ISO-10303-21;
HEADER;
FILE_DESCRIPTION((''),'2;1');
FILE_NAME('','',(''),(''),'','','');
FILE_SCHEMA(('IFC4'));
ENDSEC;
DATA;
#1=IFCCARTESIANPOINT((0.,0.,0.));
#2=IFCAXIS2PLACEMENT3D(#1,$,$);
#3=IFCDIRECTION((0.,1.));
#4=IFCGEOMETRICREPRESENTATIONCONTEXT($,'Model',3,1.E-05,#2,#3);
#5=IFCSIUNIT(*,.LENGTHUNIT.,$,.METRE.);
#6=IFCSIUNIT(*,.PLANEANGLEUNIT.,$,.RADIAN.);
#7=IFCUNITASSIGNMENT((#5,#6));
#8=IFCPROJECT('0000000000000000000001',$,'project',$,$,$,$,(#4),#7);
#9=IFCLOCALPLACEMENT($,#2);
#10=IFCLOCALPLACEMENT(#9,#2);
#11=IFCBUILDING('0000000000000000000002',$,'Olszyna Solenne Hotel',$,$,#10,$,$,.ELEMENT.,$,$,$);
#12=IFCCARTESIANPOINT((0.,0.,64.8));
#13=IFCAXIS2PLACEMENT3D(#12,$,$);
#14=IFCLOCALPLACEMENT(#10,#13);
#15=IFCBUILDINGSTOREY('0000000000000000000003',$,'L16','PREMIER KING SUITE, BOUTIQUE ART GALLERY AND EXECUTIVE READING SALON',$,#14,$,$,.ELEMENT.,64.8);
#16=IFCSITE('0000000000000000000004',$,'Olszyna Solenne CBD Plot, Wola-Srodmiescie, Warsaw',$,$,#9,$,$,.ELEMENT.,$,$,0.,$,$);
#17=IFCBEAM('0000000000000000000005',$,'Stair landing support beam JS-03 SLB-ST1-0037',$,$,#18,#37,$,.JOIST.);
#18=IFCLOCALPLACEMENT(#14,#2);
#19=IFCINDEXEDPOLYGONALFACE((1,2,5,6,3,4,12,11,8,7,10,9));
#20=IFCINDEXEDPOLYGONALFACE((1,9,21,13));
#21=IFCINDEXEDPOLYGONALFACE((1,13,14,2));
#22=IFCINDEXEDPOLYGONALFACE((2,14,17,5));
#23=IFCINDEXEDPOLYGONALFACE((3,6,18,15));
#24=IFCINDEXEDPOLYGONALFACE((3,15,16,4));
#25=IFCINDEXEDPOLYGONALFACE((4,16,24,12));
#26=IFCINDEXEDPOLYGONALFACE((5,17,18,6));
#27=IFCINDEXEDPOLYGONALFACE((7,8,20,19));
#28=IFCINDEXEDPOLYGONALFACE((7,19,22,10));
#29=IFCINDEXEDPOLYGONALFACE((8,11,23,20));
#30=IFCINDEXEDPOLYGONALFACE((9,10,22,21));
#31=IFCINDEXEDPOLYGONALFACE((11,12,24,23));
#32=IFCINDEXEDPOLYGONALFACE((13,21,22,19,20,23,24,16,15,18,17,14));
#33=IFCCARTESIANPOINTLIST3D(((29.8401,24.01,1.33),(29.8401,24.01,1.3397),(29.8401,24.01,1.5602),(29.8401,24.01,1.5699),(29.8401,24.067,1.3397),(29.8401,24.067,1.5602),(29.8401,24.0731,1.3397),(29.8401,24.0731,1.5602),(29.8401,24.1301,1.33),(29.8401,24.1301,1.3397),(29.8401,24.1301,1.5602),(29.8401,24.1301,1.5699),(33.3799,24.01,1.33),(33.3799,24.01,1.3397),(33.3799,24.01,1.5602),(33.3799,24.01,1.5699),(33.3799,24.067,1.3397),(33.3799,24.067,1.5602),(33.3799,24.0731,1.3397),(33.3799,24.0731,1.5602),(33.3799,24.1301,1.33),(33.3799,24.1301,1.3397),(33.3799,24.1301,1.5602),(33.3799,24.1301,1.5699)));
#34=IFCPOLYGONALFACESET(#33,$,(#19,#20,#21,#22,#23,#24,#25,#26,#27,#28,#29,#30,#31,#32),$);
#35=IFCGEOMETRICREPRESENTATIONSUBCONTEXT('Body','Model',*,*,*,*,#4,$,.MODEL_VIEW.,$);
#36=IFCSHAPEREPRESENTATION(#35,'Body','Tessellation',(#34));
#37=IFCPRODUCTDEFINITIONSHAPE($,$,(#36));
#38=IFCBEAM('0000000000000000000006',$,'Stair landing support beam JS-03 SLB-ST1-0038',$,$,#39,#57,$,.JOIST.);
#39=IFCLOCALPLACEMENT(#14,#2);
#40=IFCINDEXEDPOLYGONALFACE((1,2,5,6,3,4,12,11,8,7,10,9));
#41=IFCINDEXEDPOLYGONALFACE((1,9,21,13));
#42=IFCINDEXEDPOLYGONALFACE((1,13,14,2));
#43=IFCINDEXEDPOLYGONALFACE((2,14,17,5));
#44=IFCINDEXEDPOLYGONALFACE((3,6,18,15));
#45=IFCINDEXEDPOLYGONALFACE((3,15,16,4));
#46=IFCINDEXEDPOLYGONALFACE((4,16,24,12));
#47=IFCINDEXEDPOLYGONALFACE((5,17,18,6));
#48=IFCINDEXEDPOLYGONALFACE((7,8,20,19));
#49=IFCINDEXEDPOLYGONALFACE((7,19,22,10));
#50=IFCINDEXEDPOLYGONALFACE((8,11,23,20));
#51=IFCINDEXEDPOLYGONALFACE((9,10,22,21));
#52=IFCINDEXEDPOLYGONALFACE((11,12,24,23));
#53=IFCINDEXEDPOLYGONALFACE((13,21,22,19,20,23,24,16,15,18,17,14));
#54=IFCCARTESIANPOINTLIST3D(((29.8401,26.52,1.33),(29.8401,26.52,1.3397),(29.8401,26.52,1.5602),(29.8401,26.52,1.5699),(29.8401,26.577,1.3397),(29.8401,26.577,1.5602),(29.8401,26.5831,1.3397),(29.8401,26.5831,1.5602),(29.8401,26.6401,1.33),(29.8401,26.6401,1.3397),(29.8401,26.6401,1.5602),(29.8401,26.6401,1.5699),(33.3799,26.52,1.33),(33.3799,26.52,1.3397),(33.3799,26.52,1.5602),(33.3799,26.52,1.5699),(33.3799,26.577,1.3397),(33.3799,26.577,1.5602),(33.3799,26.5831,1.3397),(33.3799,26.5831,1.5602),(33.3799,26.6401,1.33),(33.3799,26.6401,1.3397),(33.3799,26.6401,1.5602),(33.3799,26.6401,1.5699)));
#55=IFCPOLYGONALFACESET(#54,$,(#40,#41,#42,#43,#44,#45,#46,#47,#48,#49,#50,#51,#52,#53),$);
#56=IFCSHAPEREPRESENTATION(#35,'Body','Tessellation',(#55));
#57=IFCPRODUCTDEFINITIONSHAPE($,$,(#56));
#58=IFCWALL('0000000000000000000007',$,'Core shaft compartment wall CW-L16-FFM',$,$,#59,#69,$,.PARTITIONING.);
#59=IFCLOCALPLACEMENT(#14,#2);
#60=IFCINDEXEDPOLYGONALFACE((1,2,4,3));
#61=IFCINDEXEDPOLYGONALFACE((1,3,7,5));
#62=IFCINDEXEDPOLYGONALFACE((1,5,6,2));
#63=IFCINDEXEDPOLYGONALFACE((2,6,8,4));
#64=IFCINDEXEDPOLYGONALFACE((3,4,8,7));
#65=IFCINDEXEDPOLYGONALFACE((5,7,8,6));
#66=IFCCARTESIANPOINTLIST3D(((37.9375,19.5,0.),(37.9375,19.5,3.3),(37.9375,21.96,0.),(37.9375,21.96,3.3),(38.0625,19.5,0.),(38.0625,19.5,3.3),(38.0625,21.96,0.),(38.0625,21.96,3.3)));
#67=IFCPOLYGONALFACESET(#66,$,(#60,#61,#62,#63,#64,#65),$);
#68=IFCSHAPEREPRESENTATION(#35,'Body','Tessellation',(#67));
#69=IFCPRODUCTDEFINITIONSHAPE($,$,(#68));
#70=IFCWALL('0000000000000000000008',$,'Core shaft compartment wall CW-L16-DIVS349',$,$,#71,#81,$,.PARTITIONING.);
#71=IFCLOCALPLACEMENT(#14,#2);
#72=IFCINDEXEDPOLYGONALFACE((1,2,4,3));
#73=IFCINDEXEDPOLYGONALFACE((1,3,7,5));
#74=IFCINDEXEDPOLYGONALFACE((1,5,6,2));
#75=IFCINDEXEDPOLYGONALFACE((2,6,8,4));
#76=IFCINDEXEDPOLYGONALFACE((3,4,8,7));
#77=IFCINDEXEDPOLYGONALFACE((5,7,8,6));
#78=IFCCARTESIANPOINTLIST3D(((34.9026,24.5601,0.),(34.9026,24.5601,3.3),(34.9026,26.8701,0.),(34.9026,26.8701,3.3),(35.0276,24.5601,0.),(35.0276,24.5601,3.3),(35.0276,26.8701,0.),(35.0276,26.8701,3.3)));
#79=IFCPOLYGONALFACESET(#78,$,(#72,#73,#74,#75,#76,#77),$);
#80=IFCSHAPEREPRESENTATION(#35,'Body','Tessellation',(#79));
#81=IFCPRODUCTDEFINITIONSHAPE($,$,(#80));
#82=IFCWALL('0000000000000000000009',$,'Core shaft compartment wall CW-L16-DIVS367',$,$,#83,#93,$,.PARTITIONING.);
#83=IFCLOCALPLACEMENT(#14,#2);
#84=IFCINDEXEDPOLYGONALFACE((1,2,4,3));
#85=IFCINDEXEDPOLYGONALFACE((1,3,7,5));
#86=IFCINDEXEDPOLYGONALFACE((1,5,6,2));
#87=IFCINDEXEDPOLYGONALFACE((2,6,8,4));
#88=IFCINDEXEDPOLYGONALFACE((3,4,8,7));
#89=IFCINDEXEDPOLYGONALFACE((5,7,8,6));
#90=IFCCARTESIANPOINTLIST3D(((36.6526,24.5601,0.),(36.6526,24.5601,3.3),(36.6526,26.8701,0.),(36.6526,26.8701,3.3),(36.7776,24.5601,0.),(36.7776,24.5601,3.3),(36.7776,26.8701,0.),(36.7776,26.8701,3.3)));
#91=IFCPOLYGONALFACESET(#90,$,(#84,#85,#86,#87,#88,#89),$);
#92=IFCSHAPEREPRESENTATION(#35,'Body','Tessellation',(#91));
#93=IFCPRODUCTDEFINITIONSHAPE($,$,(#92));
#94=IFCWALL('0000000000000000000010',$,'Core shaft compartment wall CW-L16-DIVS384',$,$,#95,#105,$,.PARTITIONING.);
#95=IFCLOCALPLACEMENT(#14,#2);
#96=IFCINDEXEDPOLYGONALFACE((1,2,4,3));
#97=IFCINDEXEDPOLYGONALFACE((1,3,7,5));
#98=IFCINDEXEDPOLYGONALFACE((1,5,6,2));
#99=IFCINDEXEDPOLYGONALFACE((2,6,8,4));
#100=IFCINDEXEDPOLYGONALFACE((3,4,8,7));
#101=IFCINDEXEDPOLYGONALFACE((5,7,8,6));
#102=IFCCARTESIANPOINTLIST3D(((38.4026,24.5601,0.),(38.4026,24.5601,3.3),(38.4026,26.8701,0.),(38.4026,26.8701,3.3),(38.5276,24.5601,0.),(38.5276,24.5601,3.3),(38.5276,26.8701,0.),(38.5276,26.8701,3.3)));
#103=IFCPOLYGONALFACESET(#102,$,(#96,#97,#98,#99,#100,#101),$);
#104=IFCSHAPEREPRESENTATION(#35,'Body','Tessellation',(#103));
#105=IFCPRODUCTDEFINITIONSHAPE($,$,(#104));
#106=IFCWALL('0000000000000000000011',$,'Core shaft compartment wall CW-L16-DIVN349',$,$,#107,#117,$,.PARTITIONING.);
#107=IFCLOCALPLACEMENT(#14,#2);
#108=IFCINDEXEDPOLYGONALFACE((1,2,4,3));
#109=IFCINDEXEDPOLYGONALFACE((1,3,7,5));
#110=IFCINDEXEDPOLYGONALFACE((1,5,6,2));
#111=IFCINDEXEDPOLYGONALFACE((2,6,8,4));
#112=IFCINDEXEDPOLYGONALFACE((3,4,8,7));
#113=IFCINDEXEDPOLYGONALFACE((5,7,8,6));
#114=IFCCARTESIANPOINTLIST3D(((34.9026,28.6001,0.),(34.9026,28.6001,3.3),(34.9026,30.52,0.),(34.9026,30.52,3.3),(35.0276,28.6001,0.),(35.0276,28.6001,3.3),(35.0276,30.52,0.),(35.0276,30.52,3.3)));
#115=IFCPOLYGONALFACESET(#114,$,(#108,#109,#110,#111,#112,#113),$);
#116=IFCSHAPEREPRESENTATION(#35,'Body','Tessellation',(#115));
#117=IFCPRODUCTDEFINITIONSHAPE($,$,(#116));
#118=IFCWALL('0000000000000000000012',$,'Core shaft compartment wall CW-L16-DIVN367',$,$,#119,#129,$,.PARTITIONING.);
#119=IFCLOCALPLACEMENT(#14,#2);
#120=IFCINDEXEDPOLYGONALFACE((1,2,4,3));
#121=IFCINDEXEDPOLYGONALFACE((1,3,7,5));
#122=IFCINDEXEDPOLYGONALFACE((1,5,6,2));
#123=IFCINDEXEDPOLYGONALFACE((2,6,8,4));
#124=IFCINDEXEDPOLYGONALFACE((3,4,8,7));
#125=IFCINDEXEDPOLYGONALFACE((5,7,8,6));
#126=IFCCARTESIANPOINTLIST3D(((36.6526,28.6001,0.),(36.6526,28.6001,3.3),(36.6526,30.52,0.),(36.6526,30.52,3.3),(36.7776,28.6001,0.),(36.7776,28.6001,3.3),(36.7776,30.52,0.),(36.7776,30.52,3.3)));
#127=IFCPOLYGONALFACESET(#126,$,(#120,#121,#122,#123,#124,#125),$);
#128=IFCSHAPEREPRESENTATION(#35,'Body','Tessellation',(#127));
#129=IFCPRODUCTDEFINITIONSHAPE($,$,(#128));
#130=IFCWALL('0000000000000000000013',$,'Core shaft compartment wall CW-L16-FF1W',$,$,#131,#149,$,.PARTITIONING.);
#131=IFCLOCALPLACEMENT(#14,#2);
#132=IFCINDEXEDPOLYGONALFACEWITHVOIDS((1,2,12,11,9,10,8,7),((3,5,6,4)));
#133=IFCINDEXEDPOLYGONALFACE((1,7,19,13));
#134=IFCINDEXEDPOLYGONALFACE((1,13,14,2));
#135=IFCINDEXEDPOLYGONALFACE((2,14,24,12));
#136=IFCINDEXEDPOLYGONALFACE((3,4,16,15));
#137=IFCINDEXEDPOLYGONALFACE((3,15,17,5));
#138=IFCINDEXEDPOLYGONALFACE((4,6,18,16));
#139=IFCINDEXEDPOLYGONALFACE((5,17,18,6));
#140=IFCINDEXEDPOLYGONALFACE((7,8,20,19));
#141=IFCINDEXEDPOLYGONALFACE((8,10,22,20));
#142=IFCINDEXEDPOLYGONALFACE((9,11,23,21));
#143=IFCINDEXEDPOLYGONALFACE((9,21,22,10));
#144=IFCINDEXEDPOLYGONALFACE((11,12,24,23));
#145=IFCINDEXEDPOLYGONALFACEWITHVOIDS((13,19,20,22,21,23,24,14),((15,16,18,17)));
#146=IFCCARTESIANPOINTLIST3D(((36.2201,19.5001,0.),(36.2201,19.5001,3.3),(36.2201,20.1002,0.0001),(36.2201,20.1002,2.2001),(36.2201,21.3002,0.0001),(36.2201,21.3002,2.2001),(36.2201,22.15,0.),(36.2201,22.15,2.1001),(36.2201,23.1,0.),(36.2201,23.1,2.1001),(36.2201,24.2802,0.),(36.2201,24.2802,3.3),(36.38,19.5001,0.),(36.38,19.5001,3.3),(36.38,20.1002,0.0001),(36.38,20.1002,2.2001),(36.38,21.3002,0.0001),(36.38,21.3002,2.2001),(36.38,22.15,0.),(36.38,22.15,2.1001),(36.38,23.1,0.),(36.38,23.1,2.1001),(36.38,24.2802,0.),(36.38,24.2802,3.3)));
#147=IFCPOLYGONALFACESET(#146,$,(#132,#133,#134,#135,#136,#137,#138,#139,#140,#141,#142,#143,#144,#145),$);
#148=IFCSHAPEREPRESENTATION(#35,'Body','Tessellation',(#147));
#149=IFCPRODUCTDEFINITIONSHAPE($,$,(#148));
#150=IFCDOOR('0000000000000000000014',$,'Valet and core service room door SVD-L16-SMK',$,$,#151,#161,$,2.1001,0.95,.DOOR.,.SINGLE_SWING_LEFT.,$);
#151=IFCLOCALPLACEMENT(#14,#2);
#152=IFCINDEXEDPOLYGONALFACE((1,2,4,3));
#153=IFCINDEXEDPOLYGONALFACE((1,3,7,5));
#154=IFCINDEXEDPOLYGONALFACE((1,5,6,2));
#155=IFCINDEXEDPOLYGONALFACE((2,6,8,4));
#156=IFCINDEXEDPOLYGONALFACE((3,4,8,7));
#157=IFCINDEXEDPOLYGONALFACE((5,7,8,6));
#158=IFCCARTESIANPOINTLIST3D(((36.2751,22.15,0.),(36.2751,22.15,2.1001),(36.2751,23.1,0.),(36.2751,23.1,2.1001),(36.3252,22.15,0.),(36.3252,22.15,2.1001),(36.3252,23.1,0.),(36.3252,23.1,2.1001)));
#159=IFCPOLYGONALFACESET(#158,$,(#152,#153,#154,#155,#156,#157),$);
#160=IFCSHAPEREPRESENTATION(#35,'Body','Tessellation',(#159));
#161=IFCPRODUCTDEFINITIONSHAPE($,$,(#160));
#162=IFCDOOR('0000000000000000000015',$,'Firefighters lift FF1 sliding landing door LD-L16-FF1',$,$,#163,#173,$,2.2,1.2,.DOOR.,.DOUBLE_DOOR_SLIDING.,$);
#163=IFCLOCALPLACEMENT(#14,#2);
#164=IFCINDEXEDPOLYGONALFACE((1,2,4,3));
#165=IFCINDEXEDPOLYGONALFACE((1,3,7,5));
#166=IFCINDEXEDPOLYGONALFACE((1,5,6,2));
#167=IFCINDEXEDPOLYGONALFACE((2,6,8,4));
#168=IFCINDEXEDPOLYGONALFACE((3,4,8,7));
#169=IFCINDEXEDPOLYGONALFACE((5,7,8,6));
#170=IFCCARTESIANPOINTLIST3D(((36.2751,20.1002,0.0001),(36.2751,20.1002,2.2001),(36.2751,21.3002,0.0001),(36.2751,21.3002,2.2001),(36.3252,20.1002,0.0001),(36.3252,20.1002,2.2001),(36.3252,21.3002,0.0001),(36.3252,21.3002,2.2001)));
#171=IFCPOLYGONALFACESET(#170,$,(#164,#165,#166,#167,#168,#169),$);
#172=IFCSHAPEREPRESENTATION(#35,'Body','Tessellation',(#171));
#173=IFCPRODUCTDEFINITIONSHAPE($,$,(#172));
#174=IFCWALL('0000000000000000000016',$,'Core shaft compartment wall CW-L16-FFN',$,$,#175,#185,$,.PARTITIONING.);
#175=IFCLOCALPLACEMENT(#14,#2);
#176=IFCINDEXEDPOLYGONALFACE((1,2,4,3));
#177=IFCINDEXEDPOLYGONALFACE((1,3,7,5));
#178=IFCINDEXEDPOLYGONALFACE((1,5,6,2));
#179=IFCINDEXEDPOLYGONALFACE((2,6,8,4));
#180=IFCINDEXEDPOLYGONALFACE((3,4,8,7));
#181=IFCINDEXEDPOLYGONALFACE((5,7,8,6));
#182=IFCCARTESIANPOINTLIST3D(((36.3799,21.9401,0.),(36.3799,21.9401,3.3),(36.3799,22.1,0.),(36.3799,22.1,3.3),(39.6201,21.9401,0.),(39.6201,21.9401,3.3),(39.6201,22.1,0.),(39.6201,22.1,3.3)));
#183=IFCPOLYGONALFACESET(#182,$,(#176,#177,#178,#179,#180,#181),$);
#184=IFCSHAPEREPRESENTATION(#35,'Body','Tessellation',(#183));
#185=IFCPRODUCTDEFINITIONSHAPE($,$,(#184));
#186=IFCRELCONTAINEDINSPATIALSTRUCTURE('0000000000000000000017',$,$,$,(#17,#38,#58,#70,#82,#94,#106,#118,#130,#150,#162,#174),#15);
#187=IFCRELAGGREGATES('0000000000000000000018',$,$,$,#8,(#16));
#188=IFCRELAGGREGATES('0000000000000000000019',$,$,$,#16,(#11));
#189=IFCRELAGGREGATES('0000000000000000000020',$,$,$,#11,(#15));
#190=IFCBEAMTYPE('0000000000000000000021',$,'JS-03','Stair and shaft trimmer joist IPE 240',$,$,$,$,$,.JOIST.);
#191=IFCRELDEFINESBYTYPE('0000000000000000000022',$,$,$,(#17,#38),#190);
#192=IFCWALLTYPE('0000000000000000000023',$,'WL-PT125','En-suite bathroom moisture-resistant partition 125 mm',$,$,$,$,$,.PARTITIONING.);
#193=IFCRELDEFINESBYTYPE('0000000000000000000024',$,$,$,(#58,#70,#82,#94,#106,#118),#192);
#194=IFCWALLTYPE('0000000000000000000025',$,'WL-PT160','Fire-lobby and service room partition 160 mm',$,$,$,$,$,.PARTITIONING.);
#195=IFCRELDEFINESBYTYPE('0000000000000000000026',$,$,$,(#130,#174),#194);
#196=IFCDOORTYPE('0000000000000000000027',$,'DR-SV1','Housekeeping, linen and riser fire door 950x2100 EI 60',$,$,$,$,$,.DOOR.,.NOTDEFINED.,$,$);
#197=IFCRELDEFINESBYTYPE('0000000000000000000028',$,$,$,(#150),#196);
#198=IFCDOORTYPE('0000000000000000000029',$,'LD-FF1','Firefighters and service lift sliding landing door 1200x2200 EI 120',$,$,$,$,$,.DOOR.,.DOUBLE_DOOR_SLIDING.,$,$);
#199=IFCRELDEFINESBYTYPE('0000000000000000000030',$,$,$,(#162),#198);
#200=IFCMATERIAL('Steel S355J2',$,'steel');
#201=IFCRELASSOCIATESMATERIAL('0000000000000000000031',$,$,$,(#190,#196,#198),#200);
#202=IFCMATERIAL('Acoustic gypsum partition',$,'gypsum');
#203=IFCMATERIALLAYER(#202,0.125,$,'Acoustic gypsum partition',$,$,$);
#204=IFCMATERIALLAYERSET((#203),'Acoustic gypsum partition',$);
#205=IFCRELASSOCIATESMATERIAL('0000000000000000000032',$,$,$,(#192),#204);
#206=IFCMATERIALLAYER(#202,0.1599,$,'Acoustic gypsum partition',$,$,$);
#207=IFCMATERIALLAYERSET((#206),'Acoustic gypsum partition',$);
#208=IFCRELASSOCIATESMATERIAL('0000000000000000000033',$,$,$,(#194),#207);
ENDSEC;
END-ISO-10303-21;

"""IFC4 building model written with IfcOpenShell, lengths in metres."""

from ifc_helpers import new_model, si_unit, direction, frame, frame_2d, origin, origin_2d, place, context, subcontext, project, spatial, rectangle, i_section, extrude, source, transform, mapped, material, layer, layer_set, material_profile, profile_set, type_object, type_shapes, element, fill, save


model = new_model("IFC4")

# Units and contexts
model_context = context("Model", 3, precision=1e-05, world=origin(), true_north=direction((0.0, 1.0)))
body_context = subcontext(model_context, "Body", "Model", "MODEL_VIEW")
ifc_project = project(units=[si_unit("LENGTHUNIT", "METRE"), si_unit("PLANEANGLEUNIT", "RADIAN")], contexts=[model_context])

# Site, building, storey
site_placement = place(None, origin())
site = spatial("IfcSite", under=ifc_project, at=site_placement, Name="Olszyna Solenne CBD Plot, Wola-Srodmiescie, Warsaw", CompositionType="ELEMENT", RefElevation=0.0)
building_placement = place(site_placement, origin())
building = spatial("IfcBuilding", under=site, at=building_placement, Name="Olszyna Solenne Hotel", CompositionType="ELEMENT")
storey_placement = place(building_placement, frame((0.0, 0.0, 64.8)))
storey = spatial("IfcBuildingStorey", under=building, at=storey_placement, Name="L16", Description="PREMIER KING SUITE, BOUTIQUE ART GALLERY AND EXECUTIVE READING SALON", CompositionType="ELEMENT", Elevation=64.8)

# Beams
ifc_material_1 = material(Name="Steel S355J2", Category="steel")
ifc_material_profile = material_profile(ifc_material_1, i_section(OverallWidth=0.1201, OverallDepth=0.24, WebThickness=0.0061, FlangeThickness=0.0098, at=origin_2d()), Name="IPE 240", Category="load-bearing")
ifc_profile_set = profile_set([ifc_material_profile], Name="Steel S355J2")
beam_type = type_object("IfcBeamType", Name="JS-03", Description="Stair and shaft trimmer joist IPE 240", PredefinedType="JOIST", material=ifc_profile_set)
shared_shape_1 = source(origin(), body_context, "Body", "SweptSolid", [
    extrude(i_section(OverallWidth=0.1201, OverallDepth=0.24, WebThickness=0.0061, FlangeThickness=0.0098, at=origin_2d()), origin(), (0.0, 0.0, 1.0), 3.5398),
])
for number, where, z_axis, x_axis, name in (
    (1, (33.3799, 24.0701, 1.45), (-1.0, 0.0, 0.0), (0.0, -1.0, 0.0), "Stair landing support beam JS-03 SLB-ST1-0037"),
    (2, (33.3799, 26.5801, 1.45), (-1.0, 0.0, 0.0), (0.0, -1.0, 0.0), "Stair landing support beam JS-03 SLB-ST1-0038"),
):
    element("IfcBeam", number, at=place(storey_placement, frame(where, z_axis=z_axis, x_axis=x_axis)), inside=storey, type_object=beam_type, Name=name, PredefinedType="JOIST", context=body_context, shape_type="MappedRepresentation", body=[
        mapped(shared_shape_1, transform((0.0, 0.0, 0.0), x_axis=(1.0, 0.0, 0.0), y_axis=(0.0, 1.0, 0.0), z_axis=(0.0, 0.0, 1.0), scale=1.0)),
    ])

# Walls
ifc_material_2 = material(Name="Acoustic gypsum partition", Category="gypsum")
ifc_layer_1 = layer(ifc_material_2, 0.125, Name="Acoustic gypsum partition")
ifc_layer_set_1 = layer_set([ifc_layer_1], Name="Acoustic gypsum partition")
wall_type_1 = type_object("IfcWallType", Name="WL-PT125", Description="En-suite bathroom moisture-resistant partition 125 mm", PredefinedType="PARTITIONING", material=ifc_layer_set_1)
wall_1_placement = place(storey_placement, frame((38.0, 19.5, 0.0), z_axis=(0.0, 0.0, 1.0), x_axis=(0.0, 1.0, 0.0)))
element("IfcWall", 3, at=wall_1_placement, inside=storey, type_object=wall_type_1, Name="Core shaft compartment wall CW-L16-FFM", PredefinedType="PARTITIONING", context=body_context, shape_type="SweptSolid", body=[
    extrude(rectangle(XDim=2.46, YDim=0.125, at=frame_2d((1.23, 0.0))), origin(), (0.0, 0.0, 1.0), 3.3),
])
for number, where, z_axis, x_axis, name in (
    (4, (34.9651, 24.5601, 0.0), (0.0, 0.0, 1.0), (0.0, 1.0, 0.0), "Core shaft compartment wall CW-L16-DIVS349"),
    (5, (36.7151, 24.5601, 0.0), (0.0, 0.0, 1.0), (0.0, 1.0, 0.0), "Core shaft compartment wall CW-L16-DIVS367"),
    (6, (38.4651, 24.5601, 0.0), (0.0, 0.0, 1.0), (0.0, 1.0, 0.0), "Core shaft compartment wall CW-L16-DIVS384"),
):
    element("IfcWall", number, at=place(storey_placement, frame(where, z_axis=z_axis, x_axis=x_axis)), inside=storey, type_object=wall_type_1, Name=name, PredefinedType="PARTITIONING", context=body_context, shape_type="SweptSolid", body=[
        extrude(rectangle(XDim=2.3101, YDim=0.125, at=frame_2d((1.155, 0.0))), origin(), (0.0, 0.0, 1.0), 3.3),
    ])
for number, where, z_axis, x_axis, name in (
    (7, (34.9651, 28.6001, 0.0), (0.0, 0.0, 1.0), (0.0, 1.0, 0.0), "Core shaft compartment wall CW-L16-DIVN349"),
    (8, (36.7151, 28.6001, 0.0), (0.0, 0.0, 1.0), (0.0, 1.0, 0.0), "Core shaft compartment wall CW-L16-DIVN367"),
):
    element("IfcWall", number, at=place(storey_placement, frame(where, z_axis=z_axis, x_axis=x_axis)), inside=storey, type_object=wall_type_1, Name=name, PredefinedType="PARTITIONING", context=body_context, shape_type="SweptSolid", body=[
        extrude(rectangle(XDim=1.9199, YDim=0.125, at=frame_2d((0.96, 0.0))), origin(), (0.0, 0.0, 1.0), 3.3),
    ])

# Wall, openings, doors
ifc_layer_2 = layer(ifc_material_2, 0.1599, Name="Acoustic gypsum partition")
ifc_layer_set_2 = layer_set([ifc_layer_2], Name="Acoustic gypsum partition")
wall_type_2 = type_object("IfcWallType", Name="WL-PT160", Description="Fire-lobby and service room partition 160 mm", PredefinedType="PARTITIONING", material=ifc_layer_set_2)
wall_2_placement = place(storey_placement, frame((36.3, 19.5, 0.0), z_axis=(0.0, 0.0, 1.0), x_axis=(0.0, 1.0, 0.0)))
wall_2 = element("IfcWall", 9, at=wall_2_placement, inside=storey, type_object=wall_type_2, Name="Core shaft compartment wall CW-L16-FF1W", PredefinedType="PARTITIONING", context=body_context, shape_type="SweptSolid", body=[
    extrude(rectangle(XDim=4.78, YDim=0.1599, at=frame_2d((2.3901, 0.0))), origin(), (0.0, 0.0, 1.0), 3.3),
])
opening_1_placement = place(wall_2_placement, frame((0.6001, 0.0, 0.0)))
opening_1 = element("IfcOpeningElement", 10, at=opening_1_placement, cuts=wall_2, PredefinedType="OPENING", context=body_context, shape_type="SweptSolid", body=[
    extrude(rectangle(XDim=1.2, YDim=2.2, at=frame_2d((0.6001, 1.1001))), frame((0.0, 0.0898, 0.0), z_axis=(0.0, -1.0, 0.0), x_axis=(1.0, 0.0, 0.0)), (0.0, 0.0, 1.0), 0.1799),
])
opening_2_placement = place(wall_2_placement, frame((2.6499, 0.0, 0.0)))
opening_2 = element("IfcOpeningElement", 11, at=opening_2_placement, cuts=wall_2, PredefinedType="OPENING", context=body_context, shape_type="SweptSolid", body=[
    extrude(rectangle(XDim=0.95, YDim=2.1001, at=frame_2d((0.4751, 1.05))), frame((0.0, 0.0898, 0.0), z_axis=(0.0, -1.0, 0.0), x_axis=(1.0, 0.0, 0.0)), (0.0, 0.0, 1.0), 0.1799),
])
door_type_1 = type_object("IfcDoorType", Name="DR-SV1", Description="Housekeeping, linen and riser fire door 950x2100 EI 60", OperationType="NOTDEFINED", PredefinedType="DOOR", material=ifc_material_1)
shared_shape_2 = source(origin(), body_context, "Body", "SweptSolid", [
    extrude(rectangle(XDim=0.95, YDim=2.1001, at=frame_2d((0.4751, 1.05))), frame((0.0, 0.0249, 0.0), z_axis=(0.0, -1.0, 0.0), x_axis=(1.0, 0.0, 0.0)), (0.0, 0.0, 1.0), 0.05),
])
type_shapes(door_type_1, [shared_shape_2])
door_1_placement = place(opening_2_placement, origin())
door_1 = element("IfcDoor", 12, at=door_1_placement, inside=storey, type_object=door_type_1, Name="Valet and core service room door SVD-L16-SMK", OperationType="SINGLE_SWING_LEFT", OverallHeight=2.1001, OverallWidth=0.95, PredefinedType="DOOR", context=body_context, shape_type="MappedRepresentation", body=[
    mapped(shared_shape_2, transform((0.0, 0.0, 0.0), x_axis=(1.0, 0.0, 0.0), y_axis=(0.0, 1.0, 0.0), z_axis=(0.0, 0.0, 1.0), scale=1.0)),
])
fill(opening_2, door_1)
door_type_2 = type_object("IfcDoorType", Name="LD-FF1", Description="Firefighters and service lift sliding landing door 1200x2200 EI 120", OperationType="DOUBLE_DOOR_SLIDING", PredefinedType="DOOR", material=ifc_material_1)
shared_shape_3 = source(origin(), body_context, "Body", "SweptSolid", [
    extrude(rectangle(XDim=1.2, YDim=2.2, at=frame_2d((0.6001, 1.1001))), frame((0.0, 0.0249, 0.0), z_axis=(0.0, -1.0, 0.0), x_axis=(1.0, 0.0, 0.0)), (0.0, 0.0, 1.0), 0.05),
])
type_shapes(door_type_2, [shared_shape_3])
door_2_placement = place(opening_1_placement, origin())
door_2 = element("IfcDoor", 13, at=door_2_placement, inside=storey, type_object=door_type_2, Name="Firefighters lift FF1 sliding landing door LD-L16-FF1", OperationType="DOUBLE_DOOR_SLIDING", OverallHeight=2.2, OverallWidth=1.2, PredefinedType="DOOR", context=body_context, shape_type="MappedRepresentation", body=[
    mapped(shared_shape_3, transform((0.0, 0.0, 0.0), x_axis=(1.0, 0.0, 0.0), y_axis=(0.0, 1.0, 0.0), z_axis=(0.0, 0.0, 1.0), scale=1.0)),
])
fill(opening_1, door_2)

# Wall
wall_3_placement = place(storey_placement, frame((36.3799, 22.02, 0.0), z_axis=(0.0, 0.0, 1.0), x_axis=(1.0, 0.0, 0.0)))
element("IfcWall", 14, at=wall_3_placement, inside=storey, type_object=wall_type_2, Name="Core shaft compartment wall CW-L16-FFN", PredefinedType="PARTITIONING", context=body_context, shape_type="SweptSolid", body=[
    extrude(rectangle(XDim=3.2402, YDim=0.1599, at=frame_2d((1.6201, 0.0))), origin(), (0.0, 0.0, 1.0), 3.3),
])

save(model, "model.ifc")
